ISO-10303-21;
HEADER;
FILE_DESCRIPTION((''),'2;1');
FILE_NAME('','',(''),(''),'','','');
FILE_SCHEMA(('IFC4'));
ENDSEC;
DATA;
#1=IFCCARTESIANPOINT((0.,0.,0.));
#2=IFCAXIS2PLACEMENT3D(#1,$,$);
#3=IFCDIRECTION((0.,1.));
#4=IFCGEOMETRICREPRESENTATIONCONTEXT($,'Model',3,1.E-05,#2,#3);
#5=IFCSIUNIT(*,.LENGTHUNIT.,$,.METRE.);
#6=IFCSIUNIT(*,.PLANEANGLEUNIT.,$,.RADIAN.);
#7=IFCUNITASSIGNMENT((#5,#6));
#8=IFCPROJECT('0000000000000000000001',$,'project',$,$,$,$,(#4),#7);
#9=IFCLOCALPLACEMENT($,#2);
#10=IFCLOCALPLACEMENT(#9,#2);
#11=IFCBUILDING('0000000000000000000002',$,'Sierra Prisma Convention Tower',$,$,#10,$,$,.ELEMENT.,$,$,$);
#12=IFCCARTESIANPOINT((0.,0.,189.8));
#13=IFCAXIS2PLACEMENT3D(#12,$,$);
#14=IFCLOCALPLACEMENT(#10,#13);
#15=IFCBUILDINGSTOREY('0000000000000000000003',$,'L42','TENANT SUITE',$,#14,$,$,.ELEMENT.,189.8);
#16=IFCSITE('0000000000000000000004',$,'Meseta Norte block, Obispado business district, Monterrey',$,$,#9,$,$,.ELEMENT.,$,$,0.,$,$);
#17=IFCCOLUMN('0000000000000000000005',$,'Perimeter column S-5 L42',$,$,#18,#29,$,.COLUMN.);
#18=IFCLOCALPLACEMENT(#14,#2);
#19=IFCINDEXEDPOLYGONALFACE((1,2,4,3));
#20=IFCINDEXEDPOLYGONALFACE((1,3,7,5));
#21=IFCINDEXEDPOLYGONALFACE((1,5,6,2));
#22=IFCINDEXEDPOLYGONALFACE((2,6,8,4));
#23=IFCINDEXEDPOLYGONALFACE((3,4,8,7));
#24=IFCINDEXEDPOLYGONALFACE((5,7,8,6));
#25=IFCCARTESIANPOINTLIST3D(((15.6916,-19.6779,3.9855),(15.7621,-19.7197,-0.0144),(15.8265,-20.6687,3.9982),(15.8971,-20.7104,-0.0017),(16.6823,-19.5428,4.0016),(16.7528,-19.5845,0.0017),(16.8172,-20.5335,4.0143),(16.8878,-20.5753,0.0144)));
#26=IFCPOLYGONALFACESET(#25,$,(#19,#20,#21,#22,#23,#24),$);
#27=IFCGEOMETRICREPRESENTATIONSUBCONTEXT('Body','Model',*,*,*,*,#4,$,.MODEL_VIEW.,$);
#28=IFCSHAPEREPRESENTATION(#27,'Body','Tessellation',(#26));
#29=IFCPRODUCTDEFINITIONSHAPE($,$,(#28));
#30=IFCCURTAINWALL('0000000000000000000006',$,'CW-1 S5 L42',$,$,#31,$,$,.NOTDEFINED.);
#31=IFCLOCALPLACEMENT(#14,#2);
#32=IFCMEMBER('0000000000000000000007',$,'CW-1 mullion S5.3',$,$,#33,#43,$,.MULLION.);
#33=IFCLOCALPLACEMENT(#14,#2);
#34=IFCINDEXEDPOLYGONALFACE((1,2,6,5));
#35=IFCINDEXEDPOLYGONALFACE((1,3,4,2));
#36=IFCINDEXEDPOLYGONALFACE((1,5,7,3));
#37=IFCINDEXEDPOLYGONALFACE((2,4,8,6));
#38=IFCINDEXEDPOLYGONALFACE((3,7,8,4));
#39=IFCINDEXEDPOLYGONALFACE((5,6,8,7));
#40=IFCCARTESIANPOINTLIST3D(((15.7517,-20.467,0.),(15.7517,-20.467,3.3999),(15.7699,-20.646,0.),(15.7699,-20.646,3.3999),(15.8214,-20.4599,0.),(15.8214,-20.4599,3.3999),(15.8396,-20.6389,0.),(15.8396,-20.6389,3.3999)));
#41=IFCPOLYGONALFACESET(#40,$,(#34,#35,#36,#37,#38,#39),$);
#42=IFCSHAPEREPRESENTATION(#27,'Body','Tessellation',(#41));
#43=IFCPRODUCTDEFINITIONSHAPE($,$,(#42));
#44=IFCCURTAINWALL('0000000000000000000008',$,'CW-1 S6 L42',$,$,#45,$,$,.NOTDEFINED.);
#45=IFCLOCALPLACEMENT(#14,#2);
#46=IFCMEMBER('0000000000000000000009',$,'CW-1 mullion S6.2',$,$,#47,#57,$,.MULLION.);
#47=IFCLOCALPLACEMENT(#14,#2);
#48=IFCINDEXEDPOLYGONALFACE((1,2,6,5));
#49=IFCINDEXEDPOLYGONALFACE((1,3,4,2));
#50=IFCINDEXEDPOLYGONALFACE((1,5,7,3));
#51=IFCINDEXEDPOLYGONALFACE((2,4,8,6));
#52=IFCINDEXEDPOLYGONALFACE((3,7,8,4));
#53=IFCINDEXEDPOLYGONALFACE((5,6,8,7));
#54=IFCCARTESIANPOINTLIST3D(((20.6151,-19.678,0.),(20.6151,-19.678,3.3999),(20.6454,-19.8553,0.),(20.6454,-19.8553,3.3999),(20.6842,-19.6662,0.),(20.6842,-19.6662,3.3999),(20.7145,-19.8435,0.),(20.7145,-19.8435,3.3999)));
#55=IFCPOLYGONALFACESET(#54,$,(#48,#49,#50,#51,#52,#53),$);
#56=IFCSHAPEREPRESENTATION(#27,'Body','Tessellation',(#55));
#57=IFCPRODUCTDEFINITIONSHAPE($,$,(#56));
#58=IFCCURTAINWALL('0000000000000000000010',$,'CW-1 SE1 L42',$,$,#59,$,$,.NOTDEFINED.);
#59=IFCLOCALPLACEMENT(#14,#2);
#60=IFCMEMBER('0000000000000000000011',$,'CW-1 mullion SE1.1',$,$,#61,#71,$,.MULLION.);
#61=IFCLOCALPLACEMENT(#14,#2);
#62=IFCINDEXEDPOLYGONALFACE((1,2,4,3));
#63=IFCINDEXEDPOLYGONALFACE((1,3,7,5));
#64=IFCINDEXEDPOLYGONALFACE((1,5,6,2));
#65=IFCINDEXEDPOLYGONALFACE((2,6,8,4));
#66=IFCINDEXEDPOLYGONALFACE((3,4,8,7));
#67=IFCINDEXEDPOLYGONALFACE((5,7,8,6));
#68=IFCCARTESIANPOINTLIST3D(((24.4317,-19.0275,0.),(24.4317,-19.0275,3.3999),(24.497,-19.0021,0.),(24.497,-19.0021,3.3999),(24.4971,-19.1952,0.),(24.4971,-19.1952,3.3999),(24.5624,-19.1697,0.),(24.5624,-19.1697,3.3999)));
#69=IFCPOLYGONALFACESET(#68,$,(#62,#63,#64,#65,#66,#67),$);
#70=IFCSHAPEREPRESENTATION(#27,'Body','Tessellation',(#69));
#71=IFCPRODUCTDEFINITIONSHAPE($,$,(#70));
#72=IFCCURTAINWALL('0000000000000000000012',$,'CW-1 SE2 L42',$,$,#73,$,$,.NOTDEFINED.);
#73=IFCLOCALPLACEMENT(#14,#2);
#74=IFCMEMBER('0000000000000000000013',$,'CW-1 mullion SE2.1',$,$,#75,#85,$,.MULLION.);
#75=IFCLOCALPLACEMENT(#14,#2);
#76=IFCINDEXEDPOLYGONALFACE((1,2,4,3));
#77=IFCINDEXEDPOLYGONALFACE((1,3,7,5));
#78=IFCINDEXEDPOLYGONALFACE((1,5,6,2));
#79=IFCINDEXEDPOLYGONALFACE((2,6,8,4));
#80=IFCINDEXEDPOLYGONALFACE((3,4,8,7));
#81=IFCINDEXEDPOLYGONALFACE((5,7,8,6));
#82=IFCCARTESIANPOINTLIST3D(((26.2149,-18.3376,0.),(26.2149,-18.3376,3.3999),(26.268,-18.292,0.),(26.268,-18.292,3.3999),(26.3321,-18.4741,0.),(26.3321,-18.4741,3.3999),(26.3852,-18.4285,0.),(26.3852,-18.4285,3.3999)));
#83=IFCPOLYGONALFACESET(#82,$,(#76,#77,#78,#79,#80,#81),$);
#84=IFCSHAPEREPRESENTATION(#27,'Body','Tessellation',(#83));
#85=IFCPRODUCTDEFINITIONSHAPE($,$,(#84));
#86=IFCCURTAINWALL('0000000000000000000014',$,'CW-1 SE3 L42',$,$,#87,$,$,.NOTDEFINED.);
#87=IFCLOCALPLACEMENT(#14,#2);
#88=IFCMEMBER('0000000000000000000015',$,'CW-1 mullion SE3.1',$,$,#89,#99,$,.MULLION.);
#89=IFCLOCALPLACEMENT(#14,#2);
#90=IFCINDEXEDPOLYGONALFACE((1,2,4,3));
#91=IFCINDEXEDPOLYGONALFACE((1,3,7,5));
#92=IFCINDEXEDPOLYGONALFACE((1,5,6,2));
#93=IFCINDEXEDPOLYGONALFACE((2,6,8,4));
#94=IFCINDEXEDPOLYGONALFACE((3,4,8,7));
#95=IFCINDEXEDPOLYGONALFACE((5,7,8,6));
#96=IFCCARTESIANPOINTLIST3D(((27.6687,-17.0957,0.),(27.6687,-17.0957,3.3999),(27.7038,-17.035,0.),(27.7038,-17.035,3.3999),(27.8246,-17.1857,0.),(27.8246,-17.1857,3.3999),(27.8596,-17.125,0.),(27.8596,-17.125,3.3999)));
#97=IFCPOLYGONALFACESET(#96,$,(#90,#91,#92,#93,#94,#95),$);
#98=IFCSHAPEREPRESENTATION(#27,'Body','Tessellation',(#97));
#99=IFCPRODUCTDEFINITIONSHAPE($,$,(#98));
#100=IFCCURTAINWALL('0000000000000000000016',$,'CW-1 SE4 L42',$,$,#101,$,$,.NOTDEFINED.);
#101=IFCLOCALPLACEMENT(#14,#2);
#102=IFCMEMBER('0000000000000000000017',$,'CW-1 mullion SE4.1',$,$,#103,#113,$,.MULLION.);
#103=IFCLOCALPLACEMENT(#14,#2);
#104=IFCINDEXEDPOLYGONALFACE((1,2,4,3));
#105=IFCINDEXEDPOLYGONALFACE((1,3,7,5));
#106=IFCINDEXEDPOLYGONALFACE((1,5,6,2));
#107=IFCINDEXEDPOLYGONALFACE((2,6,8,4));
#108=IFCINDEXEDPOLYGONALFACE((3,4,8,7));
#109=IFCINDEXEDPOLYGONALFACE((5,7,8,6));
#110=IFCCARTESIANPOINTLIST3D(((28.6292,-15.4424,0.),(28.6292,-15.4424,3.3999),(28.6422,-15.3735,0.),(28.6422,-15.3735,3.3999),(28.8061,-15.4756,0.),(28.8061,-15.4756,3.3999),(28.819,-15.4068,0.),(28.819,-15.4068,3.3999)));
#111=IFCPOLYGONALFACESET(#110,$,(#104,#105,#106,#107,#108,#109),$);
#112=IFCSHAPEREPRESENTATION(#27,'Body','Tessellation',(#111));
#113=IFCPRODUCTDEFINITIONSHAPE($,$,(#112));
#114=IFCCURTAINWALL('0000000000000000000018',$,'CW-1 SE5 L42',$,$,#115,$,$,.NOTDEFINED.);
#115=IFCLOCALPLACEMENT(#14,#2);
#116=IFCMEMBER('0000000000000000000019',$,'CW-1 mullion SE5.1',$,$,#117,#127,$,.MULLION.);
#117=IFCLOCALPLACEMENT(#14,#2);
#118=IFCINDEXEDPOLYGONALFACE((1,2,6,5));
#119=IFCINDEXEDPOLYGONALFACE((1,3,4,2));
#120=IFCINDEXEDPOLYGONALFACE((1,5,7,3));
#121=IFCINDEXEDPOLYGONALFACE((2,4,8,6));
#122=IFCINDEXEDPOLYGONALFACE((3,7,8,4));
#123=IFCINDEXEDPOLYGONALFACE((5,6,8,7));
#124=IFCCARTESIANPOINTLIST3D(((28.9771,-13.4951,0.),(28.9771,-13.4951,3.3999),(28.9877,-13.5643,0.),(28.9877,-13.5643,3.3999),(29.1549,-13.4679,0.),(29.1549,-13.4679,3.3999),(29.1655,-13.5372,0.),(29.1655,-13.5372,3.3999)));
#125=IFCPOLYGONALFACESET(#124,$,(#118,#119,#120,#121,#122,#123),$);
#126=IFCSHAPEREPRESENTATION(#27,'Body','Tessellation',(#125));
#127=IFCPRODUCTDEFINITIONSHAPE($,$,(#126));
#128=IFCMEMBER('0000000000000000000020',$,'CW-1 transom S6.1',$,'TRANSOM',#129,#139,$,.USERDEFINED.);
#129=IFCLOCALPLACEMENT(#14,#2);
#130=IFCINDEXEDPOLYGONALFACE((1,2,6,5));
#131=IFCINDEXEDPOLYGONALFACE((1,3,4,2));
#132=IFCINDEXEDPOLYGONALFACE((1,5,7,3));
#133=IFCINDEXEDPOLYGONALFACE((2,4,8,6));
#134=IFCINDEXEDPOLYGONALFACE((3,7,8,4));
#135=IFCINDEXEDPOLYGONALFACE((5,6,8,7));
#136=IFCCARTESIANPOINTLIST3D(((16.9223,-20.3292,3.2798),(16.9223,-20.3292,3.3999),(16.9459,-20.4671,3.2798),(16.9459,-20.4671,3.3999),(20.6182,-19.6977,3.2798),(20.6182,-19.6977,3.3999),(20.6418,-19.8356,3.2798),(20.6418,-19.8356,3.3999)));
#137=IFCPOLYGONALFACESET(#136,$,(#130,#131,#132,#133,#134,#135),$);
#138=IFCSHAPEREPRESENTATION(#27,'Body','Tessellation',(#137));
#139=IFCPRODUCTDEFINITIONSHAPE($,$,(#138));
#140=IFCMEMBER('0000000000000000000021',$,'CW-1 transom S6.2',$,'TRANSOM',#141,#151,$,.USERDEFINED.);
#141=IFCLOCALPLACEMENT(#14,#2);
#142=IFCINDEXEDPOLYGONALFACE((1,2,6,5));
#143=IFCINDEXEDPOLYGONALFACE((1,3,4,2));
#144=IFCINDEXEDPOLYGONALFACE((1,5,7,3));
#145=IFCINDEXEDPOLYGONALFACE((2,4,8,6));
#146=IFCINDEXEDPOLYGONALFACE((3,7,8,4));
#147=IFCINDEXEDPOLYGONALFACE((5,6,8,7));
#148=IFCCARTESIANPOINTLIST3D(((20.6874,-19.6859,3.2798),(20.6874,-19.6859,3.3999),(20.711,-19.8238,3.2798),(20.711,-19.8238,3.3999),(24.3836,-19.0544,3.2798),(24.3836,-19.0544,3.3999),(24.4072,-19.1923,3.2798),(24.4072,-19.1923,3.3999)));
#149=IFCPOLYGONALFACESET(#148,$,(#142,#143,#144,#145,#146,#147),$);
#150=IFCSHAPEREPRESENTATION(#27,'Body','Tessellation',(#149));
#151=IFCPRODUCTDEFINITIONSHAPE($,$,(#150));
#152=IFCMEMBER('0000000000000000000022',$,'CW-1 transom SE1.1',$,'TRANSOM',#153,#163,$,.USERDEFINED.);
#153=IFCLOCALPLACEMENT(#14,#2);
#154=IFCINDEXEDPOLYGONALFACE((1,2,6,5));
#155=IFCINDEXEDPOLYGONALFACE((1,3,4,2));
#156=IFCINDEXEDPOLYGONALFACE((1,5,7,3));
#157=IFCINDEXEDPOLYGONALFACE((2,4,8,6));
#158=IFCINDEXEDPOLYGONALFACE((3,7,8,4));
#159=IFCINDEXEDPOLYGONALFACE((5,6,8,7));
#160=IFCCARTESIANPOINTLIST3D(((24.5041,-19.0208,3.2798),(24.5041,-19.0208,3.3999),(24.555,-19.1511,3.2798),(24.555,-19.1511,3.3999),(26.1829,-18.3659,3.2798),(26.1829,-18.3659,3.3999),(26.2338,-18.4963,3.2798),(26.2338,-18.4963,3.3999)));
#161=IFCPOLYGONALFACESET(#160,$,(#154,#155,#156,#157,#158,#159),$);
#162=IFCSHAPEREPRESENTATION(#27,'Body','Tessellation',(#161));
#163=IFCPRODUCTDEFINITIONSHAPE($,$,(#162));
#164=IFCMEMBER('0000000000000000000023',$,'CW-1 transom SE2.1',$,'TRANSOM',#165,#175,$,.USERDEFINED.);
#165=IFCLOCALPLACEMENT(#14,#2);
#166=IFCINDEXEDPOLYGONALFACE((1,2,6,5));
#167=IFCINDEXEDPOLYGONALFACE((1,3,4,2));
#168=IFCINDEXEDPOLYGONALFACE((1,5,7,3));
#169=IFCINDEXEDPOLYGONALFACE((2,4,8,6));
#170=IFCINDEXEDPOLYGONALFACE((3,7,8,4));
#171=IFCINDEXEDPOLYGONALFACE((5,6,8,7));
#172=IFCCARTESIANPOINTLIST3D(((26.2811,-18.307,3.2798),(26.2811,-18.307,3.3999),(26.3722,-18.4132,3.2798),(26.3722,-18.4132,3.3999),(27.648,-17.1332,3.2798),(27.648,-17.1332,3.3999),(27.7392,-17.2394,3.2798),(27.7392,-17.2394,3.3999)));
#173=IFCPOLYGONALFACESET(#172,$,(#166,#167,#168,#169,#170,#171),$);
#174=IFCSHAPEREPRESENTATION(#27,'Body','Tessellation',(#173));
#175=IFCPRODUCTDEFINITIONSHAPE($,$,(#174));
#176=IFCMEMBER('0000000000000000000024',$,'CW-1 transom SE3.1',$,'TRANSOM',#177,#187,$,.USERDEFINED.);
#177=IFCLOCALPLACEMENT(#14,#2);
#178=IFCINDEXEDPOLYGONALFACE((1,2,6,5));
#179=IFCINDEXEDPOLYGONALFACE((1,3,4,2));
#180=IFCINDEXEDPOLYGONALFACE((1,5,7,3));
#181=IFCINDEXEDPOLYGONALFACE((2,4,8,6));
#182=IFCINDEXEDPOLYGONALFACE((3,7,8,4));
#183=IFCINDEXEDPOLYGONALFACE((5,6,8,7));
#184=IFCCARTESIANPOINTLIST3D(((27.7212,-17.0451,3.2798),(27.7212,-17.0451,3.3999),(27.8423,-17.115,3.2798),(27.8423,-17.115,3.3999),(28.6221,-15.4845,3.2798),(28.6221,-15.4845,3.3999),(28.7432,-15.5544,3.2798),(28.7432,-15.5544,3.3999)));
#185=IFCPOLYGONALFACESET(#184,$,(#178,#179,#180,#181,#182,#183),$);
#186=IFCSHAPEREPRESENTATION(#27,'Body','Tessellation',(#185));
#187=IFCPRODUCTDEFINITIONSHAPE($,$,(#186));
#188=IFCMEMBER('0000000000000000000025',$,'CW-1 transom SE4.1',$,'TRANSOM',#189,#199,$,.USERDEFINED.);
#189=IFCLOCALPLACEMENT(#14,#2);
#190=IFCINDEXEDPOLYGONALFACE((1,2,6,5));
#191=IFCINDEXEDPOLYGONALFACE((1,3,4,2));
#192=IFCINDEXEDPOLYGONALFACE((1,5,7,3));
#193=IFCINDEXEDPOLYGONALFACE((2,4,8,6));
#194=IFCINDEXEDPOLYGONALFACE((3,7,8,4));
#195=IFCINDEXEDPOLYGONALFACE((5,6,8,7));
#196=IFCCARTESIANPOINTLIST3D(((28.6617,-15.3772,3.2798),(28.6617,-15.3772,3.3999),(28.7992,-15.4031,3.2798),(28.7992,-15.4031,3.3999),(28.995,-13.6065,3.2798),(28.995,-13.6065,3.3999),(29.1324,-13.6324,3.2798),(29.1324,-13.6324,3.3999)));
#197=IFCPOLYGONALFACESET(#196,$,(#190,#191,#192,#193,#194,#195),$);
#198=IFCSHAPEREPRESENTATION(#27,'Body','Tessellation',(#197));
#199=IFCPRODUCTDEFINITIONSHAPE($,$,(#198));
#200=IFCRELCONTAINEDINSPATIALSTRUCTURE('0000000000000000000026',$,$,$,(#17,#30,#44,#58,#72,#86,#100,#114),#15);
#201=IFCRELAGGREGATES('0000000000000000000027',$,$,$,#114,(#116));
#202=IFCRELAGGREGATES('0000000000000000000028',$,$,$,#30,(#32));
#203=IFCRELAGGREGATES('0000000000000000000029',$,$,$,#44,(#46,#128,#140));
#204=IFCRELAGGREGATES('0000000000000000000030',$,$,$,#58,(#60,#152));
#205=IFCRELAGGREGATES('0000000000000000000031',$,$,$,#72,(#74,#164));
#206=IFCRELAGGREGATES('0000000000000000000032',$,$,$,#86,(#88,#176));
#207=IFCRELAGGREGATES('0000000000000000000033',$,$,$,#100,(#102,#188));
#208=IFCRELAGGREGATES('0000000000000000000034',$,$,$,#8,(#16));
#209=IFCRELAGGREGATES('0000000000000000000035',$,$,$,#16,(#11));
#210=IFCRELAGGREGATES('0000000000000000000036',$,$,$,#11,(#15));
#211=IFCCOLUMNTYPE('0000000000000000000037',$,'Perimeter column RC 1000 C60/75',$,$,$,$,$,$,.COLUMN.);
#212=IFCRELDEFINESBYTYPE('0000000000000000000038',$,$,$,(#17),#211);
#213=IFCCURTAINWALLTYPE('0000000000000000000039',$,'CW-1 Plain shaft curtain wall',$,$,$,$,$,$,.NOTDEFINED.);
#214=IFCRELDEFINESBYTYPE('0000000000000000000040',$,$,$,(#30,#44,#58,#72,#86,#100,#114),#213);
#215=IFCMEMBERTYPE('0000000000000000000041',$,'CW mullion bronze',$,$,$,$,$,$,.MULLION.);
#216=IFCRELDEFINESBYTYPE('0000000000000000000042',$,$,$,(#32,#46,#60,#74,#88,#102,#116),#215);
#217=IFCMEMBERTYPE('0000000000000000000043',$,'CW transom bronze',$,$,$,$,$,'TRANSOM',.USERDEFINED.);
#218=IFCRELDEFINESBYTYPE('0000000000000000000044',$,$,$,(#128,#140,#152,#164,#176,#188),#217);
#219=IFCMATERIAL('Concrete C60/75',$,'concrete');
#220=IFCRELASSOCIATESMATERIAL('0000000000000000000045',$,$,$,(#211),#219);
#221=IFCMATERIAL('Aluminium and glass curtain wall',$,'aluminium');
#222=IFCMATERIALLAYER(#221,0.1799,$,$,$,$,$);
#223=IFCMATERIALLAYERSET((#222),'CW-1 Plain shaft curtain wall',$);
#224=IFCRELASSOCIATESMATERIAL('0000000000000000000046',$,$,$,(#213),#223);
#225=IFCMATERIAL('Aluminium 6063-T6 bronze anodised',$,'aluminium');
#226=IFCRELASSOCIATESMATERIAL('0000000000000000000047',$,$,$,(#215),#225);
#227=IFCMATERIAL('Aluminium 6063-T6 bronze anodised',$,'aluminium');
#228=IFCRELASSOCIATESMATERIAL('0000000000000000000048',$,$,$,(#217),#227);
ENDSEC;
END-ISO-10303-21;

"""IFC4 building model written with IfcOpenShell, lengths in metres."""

from ifc_helpers import new_model, si_unit, direction, frame, origin, origin_2d, place, context, subcontext, project, spatial, rectangle, extrude, material, layer, layer_set, material_profile, profile_set, type_object, element, aggregate, save


model = new_model("IFC4")

# Units and contexts
model_context = context("Model", 3, precision=1e-05, world=origin(), true_north=direction((0.0, 1.0)))
body_context = subcontext(model_context, "Body", "Model", "MODEL_VIEW")
ifc_project = project(units=[si_unit("LENGTHUNIT", "METRE"), si_unit("PLANEANGLEUNIT", "RADIAN")], contexts=[model_context])

# Site, building, storey
site_placement = place(None, origin())
site = spatial("IfcSite", under=ifc_project, at=site_placement, Name="Meseta Norte block, Obispado business district, Monterrey", CompositionType="ELEMENT", RefElevation=0.0)
building_placement = place(site_placement, origin())
building = spatial("IfcBuilding", under=site, at=building_placement, Name="Sierra Prisma Convention Tower", CompositionType="ELEMENT")
storey_placement = place(building_placement, frame((0.0, 0.0, 189.8)))
storey = spatial("IfcBuildingStorey", under=building, at=storey_placement, Name="L42", Description="TENANT SUITE", CompositionType="ELEMENT", Elevation=189.8)

# Column
ifc_material_1 = material(Name="Concrete C60/75", Category="concrete")
ifc_material_profile_1 = material_profile(ifc_material_1, rectangle(XDim=1.0, YDim=1.0, at=origin_2d()), Name="Perimeter column RC 1000 C60/75")
ifc_profile_set_1 = profile_set([ifc_material_profile_1], Name="Concrete C60/75")
column_type = type_object("IfcColumnType", Name="Perimeter column RC 1000 C60/75", PredefinedType="COLUMN", material=ifc_profile_set_1)
column_placement = place(storey_placement, frame((16.325, -20.1475, 0.0), z_axis=(-0.017635, 0.010435, 0.99979), x_axis=(0.990694, 0.135157, 0.016064)))
element("IfcColumn", 1, at=column_placement, inside=storey, type_object=column_type, Name="Perimeter column S-5 L42", PredefinedType="COLUMN", context=body_context, shape_type="SweptSolid", body=[
    extrude(rectangle(XDim=1.0, YDim=1.0, at=origin_2d()), origin(), (0.0, 0.0, 1.0), 4.0007),
])

# Curtain walls, members
ifc_material_2 = material(Name="Aluminium and glass curtain wall", Category="aluminium")
ifc_layer_1 = layer(ifc_material_2, 0.1799)
ifc_layer_set_1 = layer_set([ifc_layer_1], Name="CW-1 Plain shaft curtain wall")
curtain_wall_type = type_object("IfcCurtainWallType", Name="CW-1 Plain shaft curtain wall", PredefinedType="NOTDEFINED", material=ifc_layer_set_1)
curtain_wall_1_placement = place(storey_placement, origin())
curtain_wall_1 = element("IfcCurtainWall", 2, at=curtain_wall_1_placement, inside=storey, type_object=curtain_wall_type, Name="CW-1 S5 L42", PredefinedType="NOTDEFINED")
ifc_material_3 = material(Name="Aluminium 6063-T6 bronze anodised", Category="aluminium")
ifc_material_profile_2 = material_profile(ifc_material_3, rectangle(XDim=0.1799, YDim=0.0701, at=origin_2d()), Name="ALU MULLION 70x180")
ifc_profile_set_2 = profile_set([ifc_material_profile_2], Name="Aluminium 6063-T6 bronze anodised")
member_type_1 = type_object("IfcMemberType", Name="CW mullion bronze", PredefinedType="MULLION", material=ifc_profile_set_2)
member_1_placement = place(storey_placement, frame((15.7957, -20.553, 0.0), z_axis=(0.0, 0.0, 1.0), x_axis=(-0.101372, 0.994849, 0.0)))
member_1 = element("IfcMember", 3, at=member_1_placement, type_object=member_type_1, Name="CW-1 mullion S5.3", PredefinedType="MULLION", context=body_context, shape_type="SweptSolid", body=[
    extrude(rectangle(XDim=0.1799, YDim=0.0701, at=origin_2d()), origin(), (0.0, 0.0, 1.0), 3.3999),
])
curtain_wall_2_placement = place(storey_placement, origin())
curtain_wall_2 = element("IfcCurtainWall", 4, at=curtain_wall_2_placement, inside=storey, type_object=curtain_wall_type, Name="CW-1 S6 L42", PredefinedType="NOTDEFINED")
member_2_placement = place(storey_placement, frame((20.6648, -19.7607, 0.0), z_axis=(0.0, 0.0, 1.0), x_axis=(-0.168438, 0.985712, 0.0)))
member_2 = element("IfcMember", 5, at=member_2_placement, type_object=member_type_1, Name="CW-1 mullion S6.2", PredefinedType="MULLION", context=body_context, shape_type="SweptSolid", body=[
    extrude(rectangle(XDim=0.1799, YDim=0.0701, at=origin_2d()), origin(), (0.0, 0.0, 1.0), 3.3999),
])
curtain_wall_3_placement = place(storey_placement, origin())
curtain_wall_3 = element("IfcCurtainWall", 6, at=curtain_wall_3_placement, inside=storey, type_object=curtain_wall_type, Name="CW-1 SE1 L42", PredefinedType="NOTDEFINED")
member_3_placement = place(storey_placement, frame((24.4971, -19.0986, 0.0), z_axis=(0.0, 0.0, 1.0), x_axis=(-0.3634, 0.931633, 0.0)))
member_3 = element("IfcMember", 7, at=member_3_placement, type_object=member_type_1, Name="CW-1 mullion SE1.1", PredefinedType="MULLION", context=body_context, shape_type="SweptSolid", body=[
    extrude(rectangle(XDim=0.1799, YDim=0.0701, at=origin_2d()), origin(), (0.0, 0.0, 1.0), 3.3999),
])
curtain_wall_4_placement = place(storey_placement, origin())
curtain_wall_4 = element("IfcCurtainWall", 8, at=curtain_wall_4_placement, inside=storey, type_object=curtain_wall_type, Name="CW-1 SE2 L42", PredefinedType="NOTDEFINED")
member_4_placement = place(storey_placement, frame((26.3, -18.3831, 0.0), z_axis=(0.0, 0.0, 1.0), x_axis=(-0.651497, 0.758651, 0.0)))
member_4 = element("IfcMember", 9, at=member_4_placement, type_object=member_type_1, Name="CW-1 mullion SE2.1", PredefinedType="MULLION", context=body_context, shape_type="SweptSolid", body=[
    extrude(rectangle(XDim=0.1799, YDim=0.0701, at=origin_2d()), origin(), (0.0, 0.0, 1.0), 3.3999),
])
curtain_wall_5_placement = place(storey_placement, origin())
curtain_wall_5 = element("IfcCurtainWall", 10, at=curtain_wall_5_placement, inside=storey, type_object=curtain_wall_type, Name="CW-1 SE3 L42", PredefinedType="NOTDEFINED")
member_5_placement = place(storey_placement, frame((27.7642, -17.1104, 0.0), z_axis=(0.0, 0.0, 1.0), x_axis=(-0.866025, 0.5, 0.0)))
member_5 = element("IfcMember", 11, at=member_5_placement, type_object=member_type_1, Name="CW-1 mullion SE3.1", PredefinedType="MULLION", context=body_context, shape_type="SweptSolid", body=[
    extrude(rectangle(XDim=0.1799, YDim=0.0701, at=origin_2d()), origin(), (0.0, 0.0, 1.0), 3.3999),
])
curtain_wall_6_placement = place(storey_placement, origin())
curtain_wall_6 = element("IfcCurtainWall", 12, at=curtain_wall_6_placement, inside=storey, type_object=curtain_wall_type, Name="CW-1 SE4 L42", PredefinedType="NOTDEFINED")
member_6_placement = place(storey_placement, frame((28.7241, -15.4246, 0.0), z_axis=(0.0, 0.0, 1.0), x_axis=(-0.98276, 0.184887, 0.0)))
member_6 = element("IfcMember", 13, at=member_6_placement, type_object=member_type_1, Name="CW-1 mullion SE4.1", PredefinedType="MULLION", context=body_context, shape_type="SweptSolid", body=[
    extrude(rectangle(XDim=0.1799, YDim=0.0701, at=origin_2d()), origin(), (0.0, 0.0, 1.0), 3.3999),
])
curtain_wall_7_placement = place(storey_placement, origin())
curtain_wall_7 = element("IfcCurtainWall", 14, at=curtain_wall_7_placement, inside=storey, type_object=curtain_wall_type, Name="CW-1 SE5 L42", PredefinedType="NOTDEFINED")
member_7_placement = place(storey_placement, frame((29.0713, -13.5161, 0.0), z_axis=(0.0, 0.0, 1.0), x_axis=(-0.988518, -0.151103, 0.0)))
member_7 = element("IfcMember", 15, at=member_7_placement, type_object=member_type_1, Name="CW-1 mullion SE5.1", PredefinedType="MULLION", context=body_context, shape_type="SweptSolid", body=[
    extrude(rectangle(XDim=0.1799, YDim=0.0701, at=origin_2d()), origin(), (0.0, 0.0, 1.0), 3.3999),
])
aggregate(curtain_wall_7, [member_7])

# Members
ifc_material_4 = material(Name="Aluminium 6063-T6 bronze anodised", Category="aluminium")
ifc_material_profile_3 = material_profile(ifc_material_4, rectangle(XDim=0.1399, YDim=0.1201, at=origin_2d()), Name="ALU TRANSOM 120x140")
ifc_profile_set_3 = profile_set([ifc_material_profile_3], Name="Aluminium 6063-T6 bronze anodised")
member_type_2 = type_object("IfcMemberType", Name="CW transom bronze", ElementType="TRANSOM", PredefinedType="USERDEFINED", material=ifc_profile_set_3)
member_8_placement = place(storey_placement, frame((16.9341, -20.3982, 3.3398), z_axis=(0.985712, 0.168442, 0.0), x_axis=(-0.168442, 0.985712, 0.0)))
member_8 = element("IfcMember", 16, at=member_8_placement, type_object=member_type_2, Name="CW-1 transom S6.1", ObjectType="TRANSOM", PredefinedType="USERDEFINED", context=body_context, shape_type="SweptSolid", body=[
    extrude(rectangle(XDim=0.1399, YDim=0.1201, at=origin_2d()), origin(), (0.0, 0.0, 1.0), 3.7495),
])
member_9_placement = place(storey_placement, frame((20.6992, -19.7549, 3.3398), z_axis=(0.985713, 0.168431, 0.0), x_axis=(-0.168431, 0.985713, 0.0)))
member_9 = element("IfcMember", 17, at=member_9_placement, type_object=member_type_2, Name="CW-1 transom S6.2", ObjectType="TRANSOM", PredefinedType="USERDEFINED", context=body_context, shape_type="SweptSolid", body=[
    extrude(rectangle(XDim=0.1399, YDim=0.1201, at=origin_2d()), origin(), (0.0, 0.0, 1.0), 3.7498),
])
member_10_placement = place(storey_placement, frame((24.5295, -19.0859, 3.3398), z_axis=(0.931638, 0.363388, 0.0), x_axis=(-0.363388, 0.931638, 0.0)))
member_10 = element("IfcMember", 18, at=member_10_placement, type_object=member_type_2, Name="CW-1 transom SE1.1", ObjectType="TRANSOM", PredefinedType="USERDEFINED", context=body_context, shape_type="SweptSolid", body=[
    extrude(rectangle(XDim=0.1399, YDim=0.1201, at=origin_2d()), origin(), (0.0, 0.0, 1.0), 1.802),
])
member_11_placement = place(storey_placement, frame((26.3267, -18.3601, 3.3398), z_axis=(0.758663, 0.651483, 0.0), x_axis=(-0.651483, 0.758663, 0.0)))
member_11 = element("IfcMember", 19, at=member_11_placement, type_object=member_type_2, Name="CW-1 transom SE2.1", ObjectType="TRANSOM", PredefinedType="USERDEFINED", context=body_context, shape_type="SweptSolid", body=[
    extrude(rectangle(XDim=0.1399, YDim=0.1201, at=origin_2d()), origin(), (0.0, 0.0, 1.0), 1.8018),
])
member_12_placement = place(storey_placement, frame((27.7817, -17.0801, 3.3398), z_axis=(0.499957, 0.86605, 0.0), x_axis=(-0.86605, 0.499957, 0.0)))
member_12 = element("IfcMember", 20, at=member_12_placement, type_object=member_type_2, Name="CW-1 transom SE3.1", ObjectType="TRANSOM", PredefinedType="USERDEFINED", context=body_context, shape_type="SweptSolid", body=[
    extrude(rectangle(XDim=0.1399, YDim=0.1201, at=origin_2d()), origin(), (0.0, 0.0, 1.0), 1.802),
])
member_13_placement = place(storey_placement, frame((28.7305, -15.3901, 3.3398), z_axis=(0.184951, 0.982748, 0.0), x_axis=(-0.982748, 0.184951, 0.0)))
member_13 = element("IfcMember", 21, at=member_13_placement, type_object=member_type_2, Name="CW-1 transom SE4.1", ObjectType="TRANSOM", PredefinedType="USERDEFINED", context=body_context, shape_type="SweptSolid", body=[
    extrude(rectangle(XDim=0.1399, YDim=0.1201, at=origin_2d()), origin(), (0.0, 0.0, 1.0), 1.8018),
])

aggregate(curtain_wall_1, [member_1])
aggregate(curtain_wall_2, [member_2, member_8, member_9])
aggregate(curtain_wall_3, [member_3, member_10])
aggregate(curtain_wall_4, [member_4, member_11])
aggregate(curtain_wall_5, [member_5, member_12])
aggregate(curtain_wall_6, [member_6, member_13])

save(model, "model.ifc")
